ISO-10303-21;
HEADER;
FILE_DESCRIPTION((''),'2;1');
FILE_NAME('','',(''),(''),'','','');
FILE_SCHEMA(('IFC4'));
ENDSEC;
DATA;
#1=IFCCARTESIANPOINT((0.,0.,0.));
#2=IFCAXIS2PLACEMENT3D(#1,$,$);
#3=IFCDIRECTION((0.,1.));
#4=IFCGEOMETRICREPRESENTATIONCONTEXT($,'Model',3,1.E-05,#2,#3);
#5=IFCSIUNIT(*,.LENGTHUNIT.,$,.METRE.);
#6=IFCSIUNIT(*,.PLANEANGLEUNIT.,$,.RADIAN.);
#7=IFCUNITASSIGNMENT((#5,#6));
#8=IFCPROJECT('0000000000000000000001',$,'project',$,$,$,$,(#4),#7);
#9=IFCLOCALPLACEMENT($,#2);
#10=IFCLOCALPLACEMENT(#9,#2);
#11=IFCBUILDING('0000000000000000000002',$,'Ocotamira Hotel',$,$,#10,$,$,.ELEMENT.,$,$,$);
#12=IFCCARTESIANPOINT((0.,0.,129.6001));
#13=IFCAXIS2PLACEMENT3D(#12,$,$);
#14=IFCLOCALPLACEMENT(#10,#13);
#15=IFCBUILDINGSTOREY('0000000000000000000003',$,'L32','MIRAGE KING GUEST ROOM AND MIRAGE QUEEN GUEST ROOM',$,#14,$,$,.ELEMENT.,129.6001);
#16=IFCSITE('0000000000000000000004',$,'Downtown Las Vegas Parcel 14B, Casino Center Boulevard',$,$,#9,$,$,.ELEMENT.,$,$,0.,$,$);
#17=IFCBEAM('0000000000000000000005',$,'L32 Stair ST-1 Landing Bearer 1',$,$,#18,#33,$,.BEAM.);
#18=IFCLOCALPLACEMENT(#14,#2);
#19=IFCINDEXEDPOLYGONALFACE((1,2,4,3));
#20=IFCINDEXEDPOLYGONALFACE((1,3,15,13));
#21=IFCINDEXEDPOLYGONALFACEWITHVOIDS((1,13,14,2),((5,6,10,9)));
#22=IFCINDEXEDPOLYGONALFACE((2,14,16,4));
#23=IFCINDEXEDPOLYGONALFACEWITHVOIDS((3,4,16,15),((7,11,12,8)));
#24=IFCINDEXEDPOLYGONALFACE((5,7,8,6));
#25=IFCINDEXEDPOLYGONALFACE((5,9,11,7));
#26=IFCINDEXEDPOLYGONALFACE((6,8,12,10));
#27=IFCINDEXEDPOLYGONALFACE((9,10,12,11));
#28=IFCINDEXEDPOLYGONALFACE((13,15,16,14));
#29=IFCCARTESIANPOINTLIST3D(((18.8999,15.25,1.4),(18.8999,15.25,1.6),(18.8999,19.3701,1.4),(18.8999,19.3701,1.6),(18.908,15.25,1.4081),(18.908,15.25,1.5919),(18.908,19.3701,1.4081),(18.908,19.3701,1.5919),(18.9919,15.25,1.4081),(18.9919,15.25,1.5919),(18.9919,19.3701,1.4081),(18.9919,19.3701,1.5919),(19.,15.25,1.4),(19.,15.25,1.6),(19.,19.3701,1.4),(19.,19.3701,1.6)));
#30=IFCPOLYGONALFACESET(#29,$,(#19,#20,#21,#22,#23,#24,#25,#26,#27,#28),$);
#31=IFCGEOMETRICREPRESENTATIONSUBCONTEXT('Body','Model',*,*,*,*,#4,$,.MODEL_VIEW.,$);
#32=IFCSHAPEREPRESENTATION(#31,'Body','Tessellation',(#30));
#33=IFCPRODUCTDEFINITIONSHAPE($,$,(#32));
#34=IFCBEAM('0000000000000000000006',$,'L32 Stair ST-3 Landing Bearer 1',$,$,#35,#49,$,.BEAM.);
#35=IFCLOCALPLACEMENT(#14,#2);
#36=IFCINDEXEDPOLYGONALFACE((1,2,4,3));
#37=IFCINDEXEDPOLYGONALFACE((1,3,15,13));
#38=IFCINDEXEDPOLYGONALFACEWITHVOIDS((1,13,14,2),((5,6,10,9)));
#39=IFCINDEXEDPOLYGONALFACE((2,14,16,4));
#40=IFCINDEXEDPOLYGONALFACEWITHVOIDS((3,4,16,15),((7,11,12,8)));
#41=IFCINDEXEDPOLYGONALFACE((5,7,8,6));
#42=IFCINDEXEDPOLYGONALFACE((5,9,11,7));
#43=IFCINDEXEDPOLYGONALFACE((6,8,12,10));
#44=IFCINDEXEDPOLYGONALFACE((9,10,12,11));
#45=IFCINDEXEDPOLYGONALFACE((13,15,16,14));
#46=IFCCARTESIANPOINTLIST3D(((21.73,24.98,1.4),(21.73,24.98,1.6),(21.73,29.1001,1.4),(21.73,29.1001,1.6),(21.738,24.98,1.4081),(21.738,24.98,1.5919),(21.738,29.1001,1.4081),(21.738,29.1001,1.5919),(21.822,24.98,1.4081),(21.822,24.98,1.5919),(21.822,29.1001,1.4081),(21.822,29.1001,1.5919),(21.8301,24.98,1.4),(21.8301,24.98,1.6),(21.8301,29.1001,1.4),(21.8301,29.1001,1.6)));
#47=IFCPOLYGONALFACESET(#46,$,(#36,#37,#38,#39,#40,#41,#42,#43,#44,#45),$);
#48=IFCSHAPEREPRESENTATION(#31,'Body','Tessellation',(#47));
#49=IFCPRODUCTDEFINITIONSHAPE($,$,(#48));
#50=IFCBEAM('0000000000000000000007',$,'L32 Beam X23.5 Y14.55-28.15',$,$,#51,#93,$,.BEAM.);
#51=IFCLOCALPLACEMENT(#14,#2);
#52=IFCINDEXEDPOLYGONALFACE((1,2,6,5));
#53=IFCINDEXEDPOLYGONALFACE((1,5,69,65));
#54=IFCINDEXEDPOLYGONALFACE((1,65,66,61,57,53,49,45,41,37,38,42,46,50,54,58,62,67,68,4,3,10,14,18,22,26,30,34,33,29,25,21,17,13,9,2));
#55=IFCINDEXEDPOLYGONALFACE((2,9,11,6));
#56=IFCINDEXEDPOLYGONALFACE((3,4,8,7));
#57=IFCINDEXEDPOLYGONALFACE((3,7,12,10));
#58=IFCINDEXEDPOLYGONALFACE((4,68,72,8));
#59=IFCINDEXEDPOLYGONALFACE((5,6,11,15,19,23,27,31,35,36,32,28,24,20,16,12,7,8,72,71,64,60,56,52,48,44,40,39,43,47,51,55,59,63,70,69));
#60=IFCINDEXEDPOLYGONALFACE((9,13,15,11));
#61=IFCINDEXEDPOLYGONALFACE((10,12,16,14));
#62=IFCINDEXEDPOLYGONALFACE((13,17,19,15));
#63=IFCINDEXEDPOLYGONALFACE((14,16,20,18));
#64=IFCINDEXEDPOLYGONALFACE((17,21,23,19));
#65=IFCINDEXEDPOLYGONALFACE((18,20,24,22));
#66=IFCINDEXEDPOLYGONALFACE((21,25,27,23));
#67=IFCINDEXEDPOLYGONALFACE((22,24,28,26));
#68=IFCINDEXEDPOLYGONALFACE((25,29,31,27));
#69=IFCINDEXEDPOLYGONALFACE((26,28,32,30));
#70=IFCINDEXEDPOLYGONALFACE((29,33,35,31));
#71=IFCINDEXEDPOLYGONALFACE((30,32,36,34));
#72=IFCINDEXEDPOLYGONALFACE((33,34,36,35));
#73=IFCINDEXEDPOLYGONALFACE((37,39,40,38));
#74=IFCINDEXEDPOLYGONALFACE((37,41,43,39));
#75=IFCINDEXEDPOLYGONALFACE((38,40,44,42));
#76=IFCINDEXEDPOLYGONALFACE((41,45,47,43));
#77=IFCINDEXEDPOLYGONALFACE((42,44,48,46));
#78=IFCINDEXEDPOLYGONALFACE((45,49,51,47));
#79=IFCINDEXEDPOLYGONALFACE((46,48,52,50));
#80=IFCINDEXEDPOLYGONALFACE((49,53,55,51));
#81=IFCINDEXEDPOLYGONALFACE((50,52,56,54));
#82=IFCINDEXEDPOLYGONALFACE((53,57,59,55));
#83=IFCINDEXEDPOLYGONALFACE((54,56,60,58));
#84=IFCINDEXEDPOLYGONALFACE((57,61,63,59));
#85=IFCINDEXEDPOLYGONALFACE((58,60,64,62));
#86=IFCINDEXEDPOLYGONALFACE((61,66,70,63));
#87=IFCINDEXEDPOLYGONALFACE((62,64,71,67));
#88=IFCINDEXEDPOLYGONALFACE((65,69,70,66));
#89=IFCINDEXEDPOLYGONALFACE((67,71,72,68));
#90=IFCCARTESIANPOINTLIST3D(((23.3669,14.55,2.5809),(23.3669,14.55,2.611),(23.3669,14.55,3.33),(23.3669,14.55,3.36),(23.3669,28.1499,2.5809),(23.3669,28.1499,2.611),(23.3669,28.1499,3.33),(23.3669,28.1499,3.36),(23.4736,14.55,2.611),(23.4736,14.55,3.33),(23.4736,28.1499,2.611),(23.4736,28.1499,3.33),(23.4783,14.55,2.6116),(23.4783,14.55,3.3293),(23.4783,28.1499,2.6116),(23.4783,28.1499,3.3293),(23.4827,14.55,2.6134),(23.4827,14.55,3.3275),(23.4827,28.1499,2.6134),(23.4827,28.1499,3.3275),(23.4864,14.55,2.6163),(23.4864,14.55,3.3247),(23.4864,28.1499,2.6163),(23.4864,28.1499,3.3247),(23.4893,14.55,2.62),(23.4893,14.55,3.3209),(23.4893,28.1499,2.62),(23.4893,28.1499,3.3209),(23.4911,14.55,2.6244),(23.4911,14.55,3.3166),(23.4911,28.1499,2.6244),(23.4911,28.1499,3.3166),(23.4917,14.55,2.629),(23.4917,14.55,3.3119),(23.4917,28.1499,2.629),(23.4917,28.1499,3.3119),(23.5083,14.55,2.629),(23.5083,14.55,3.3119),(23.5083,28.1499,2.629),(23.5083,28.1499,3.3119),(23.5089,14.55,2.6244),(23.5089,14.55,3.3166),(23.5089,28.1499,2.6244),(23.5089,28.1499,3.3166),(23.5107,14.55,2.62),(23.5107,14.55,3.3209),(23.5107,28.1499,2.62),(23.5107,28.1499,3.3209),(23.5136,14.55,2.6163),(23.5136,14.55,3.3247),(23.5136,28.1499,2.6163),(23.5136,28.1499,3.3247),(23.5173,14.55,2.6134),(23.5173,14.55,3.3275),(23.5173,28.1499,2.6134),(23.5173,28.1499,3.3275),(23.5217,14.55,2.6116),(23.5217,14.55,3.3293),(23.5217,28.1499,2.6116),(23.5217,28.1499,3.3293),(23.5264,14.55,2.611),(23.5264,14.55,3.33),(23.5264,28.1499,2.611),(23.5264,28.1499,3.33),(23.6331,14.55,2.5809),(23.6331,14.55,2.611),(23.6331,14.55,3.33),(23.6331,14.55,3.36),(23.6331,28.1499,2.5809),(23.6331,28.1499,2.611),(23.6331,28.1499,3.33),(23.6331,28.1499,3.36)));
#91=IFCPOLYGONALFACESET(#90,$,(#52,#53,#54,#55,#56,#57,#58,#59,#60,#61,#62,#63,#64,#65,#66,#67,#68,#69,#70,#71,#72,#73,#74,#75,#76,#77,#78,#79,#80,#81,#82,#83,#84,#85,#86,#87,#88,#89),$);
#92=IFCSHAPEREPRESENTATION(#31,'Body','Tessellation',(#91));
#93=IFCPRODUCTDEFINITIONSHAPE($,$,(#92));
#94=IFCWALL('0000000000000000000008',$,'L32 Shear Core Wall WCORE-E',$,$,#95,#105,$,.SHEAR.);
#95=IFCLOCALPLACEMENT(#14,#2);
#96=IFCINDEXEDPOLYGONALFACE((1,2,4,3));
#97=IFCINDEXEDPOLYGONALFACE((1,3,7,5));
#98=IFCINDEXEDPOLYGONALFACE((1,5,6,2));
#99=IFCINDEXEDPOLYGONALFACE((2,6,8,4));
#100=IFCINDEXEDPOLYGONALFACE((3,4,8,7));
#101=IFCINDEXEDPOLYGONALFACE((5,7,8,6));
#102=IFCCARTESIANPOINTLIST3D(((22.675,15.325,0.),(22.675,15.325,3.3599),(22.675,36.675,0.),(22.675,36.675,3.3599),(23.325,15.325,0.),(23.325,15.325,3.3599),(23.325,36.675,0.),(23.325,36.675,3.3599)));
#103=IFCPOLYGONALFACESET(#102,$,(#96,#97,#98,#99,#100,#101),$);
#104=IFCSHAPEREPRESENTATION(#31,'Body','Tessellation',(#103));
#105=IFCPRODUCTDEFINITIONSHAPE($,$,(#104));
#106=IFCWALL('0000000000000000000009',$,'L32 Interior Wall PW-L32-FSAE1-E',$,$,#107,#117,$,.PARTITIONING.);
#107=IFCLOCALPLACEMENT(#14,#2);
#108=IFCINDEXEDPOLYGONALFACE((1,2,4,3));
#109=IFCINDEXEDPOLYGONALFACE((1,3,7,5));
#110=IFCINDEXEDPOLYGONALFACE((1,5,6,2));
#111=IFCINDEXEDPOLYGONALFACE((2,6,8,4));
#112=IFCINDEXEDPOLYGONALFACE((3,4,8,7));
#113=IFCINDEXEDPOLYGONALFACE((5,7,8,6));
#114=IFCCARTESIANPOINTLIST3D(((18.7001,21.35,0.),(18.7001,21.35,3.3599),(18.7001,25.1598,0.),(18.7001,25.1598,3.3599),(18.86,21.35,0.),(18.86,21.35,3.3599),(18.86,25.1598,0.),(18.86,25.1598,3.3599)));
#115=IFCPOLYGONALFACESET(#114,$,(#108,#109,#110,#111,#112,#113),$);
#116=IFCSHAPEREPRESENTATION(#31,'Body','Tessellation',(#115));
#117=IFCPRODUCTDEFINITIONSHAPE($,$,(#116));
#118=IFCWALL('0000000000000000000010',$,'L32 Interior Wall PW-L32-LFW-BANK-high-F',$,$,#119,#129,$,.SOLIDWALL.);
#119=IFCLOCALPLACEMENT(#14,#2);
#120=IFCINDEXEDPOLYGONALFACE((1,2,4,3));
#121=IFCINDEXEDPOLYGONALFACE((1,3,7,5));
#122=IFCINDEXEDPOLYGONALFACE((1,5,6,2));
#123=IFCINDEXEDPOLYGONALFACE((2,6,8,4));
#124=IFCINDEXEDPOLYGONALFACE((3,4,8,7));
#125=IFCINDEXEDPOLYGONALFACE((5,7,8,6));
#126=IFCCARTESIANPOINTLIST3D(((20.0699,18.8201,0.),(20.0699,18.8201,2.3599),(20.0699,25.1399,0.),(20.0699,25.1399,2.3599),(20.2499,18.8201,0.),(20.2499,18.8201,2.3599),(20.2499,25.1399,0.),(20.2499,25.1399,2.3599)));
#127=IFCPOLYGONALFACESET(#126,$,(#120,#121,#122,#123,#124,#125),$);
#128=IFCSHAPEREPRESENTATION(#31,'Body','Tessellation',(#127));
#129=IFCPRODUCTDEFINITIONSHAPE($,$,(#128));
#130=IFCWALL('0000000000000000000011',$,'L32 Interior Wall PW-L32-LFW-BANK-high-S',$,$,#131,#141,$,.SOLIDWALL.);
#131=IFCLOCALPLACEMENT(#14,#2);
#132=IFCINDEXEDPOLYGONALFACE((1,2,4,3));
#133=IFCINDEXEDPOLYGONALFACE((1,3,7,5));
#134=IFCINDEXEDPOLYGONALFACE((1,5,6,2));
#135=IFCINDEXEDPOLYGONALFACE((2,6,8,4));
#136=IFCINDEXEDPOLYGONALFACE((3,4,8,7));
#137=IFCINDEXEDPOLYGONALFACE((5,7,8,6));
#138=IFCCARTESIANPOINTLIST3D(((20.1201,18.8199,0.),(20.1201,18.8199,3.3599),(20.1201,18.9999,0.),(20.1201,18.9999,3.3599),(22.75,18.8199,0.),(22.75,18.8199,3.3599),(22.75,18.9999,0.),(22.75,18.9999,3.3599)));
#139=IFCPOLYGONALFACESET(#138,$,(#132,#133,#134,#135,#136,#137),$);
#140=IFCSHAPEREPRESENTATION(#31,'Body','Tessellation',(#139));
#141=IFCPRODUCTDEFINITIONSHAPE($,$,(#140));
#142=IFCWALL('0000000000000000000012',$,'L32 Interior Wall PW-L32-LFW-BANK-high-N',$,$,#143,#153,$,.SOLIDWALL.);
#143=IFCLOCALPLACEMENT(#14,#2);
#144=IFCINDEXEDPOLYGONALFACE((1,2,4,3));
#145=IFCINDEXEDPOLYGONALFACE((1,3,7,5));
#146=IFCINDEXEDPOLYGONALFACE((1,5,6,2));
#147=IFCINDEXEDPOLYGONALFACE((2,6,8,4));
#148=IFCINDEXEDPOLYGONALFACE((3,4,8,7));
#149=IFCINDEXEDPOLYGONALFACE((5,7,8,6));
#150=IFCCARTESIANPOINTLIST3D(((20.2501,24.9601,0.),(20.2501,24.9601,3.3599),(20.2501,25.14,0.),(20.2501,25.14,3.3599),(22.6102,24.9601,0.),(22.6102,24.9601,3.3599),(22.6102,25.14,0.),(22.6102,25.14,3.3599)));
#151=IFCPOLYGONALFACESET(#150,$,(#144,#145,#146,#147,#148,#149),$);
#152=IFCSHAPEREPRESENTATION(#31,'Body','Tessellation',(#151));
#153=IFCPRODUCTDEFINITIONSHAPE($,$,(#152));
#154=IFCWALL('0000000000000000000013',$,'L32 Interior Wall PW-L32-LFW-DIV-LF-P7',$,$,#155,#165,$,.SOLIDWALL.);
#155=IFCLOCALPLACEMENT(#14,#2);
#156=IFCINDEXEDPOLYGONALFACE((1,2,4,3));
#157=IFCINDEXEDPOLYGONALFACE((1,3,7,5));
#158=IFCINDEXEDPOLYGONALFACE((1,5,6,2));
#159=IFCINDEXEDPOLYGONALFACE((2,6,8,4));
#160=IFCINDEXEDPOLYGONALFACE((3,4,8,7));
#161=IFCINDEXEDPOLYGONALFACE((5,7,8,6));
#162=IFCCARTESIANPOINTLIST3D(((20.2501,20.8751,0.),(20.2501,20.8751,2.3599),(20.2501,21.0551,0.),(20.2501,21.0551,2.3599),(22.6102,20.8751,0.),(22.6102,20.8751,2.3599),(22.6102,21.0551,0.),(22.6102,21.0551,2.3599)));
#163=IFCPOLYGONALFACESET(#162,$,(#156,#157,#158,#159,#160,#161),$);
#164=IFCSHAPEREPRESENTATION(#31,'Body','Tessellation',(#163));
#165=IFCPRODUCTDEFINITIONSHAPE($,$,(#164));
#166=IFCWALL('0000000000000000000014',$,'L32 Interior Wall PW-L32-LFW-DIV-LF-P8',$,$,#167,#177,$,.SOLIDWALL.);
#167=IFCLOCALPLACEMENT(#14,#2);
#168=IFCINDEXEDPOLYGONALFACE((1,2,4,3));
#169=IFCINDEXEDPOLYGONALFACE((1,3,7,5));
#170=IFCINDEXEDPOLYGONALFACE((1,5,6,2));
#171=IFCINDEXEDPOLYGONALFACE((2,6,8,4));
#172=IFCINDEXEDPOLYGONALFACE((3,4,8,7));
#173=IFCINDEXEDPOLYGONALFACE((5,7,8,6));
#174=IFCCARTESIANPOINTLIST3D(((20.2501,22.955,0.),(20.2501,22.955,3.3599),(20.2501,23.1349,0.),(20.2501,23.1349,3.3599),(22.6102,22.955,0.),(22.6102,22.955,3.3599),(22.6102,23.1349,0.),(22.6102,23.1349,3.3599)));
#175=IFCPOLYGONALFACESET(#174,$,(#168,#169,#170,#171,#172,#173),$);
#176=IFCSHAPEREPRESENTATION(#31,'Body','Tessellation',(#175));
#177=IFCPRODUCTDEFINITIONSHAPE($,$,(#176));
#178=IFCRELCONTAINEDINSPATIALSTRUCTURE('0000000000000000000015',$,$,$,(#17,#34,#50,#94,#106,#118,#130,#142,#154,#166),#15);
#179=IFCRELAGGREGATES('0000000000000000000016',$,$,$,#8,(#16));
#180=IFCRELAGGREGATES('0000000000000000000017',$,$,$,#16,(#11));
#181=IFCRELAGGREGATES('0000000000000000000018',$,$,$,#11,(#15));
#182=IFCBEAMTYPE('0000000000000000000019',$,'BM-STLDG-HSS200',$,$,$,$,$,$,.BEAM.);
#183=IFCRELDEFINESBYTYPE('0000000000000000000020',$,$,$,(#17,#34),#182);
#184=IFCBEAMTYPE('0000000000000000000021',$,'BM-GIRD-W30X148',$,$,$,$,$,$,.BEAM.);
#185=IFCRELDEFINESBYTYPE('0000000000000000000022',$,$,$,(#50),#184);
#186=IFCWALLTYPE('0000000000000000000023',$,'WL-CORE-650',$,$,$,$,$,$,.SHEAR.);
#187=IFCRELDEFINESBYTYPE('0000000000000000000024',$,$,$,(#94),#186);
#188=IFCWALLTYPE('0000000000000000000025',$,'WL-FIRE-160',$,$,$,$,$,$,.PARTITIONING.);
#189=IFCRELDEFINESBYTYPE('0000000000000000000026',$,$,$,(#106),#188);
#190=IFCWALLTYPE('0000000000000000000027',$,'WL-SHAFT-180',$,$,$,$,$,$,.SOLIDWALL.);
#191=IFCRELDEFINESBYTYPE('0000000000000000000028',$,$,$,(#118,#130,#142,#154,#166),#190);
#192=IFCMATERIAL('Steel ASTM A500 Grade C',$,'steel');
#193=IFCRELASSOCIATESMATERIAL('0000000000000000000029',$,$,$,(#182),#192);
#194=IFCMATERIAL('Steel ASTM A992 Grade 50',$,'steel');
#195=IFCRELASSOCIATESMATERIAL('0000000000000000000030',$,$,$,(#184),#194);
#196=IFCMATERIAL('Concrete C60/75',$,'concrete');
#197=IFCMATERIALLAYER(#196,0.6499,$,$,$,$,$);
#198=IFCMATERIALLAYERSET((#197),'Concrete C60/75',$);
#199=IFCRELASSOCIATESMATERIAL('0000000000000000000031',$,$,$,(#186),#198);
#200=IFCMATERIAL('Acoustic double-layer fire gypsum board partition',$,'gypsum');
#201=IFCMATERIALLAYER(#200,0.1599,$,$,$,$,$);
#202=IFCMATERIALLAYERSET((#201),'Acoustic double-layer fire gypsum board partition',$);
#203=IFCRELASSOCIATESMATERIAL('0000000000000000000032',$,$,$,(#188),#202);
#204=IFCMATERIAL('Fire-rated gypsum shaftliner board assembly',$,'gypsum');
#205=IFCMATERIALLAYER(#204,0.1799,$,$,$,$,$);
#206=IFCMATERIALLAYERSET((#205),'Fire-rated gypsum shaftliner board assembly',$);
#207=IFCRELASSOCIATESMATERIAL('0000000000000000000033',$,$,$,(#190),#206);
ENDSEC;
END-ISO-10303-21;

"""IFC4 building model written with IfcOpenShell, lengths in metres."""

from ifc_helpers import new_model, si_unit, direction, frame, frame_2d, origin, origin_2d, place, context, subcontext, project, spatial, rectangle, hollow_rectangle, i_section, extrude, source, transform, mapped, material, layer, layer_set, material_profile, profile_set, type_object, element, save


model = new_model("IFC4")

# Units and contexts
model_context = context("Model", 3, precision=1e-05, world=origin(), true_north=direction((0.0, 1.0)))
body_context = subcontext(model_context, "Body", "Model", "MODEL_VIEW")
ifc_project = project(units=[si_unit("LENGTHUNIT", "METRE"), si_unit("PLANEANGLEUNIT", "RADIAN")], contexts=[model_context])

# Site, building, storey
site_placement = place(None, origin())
site = spatial("IfcSite", under=ifc_project, at=site_placement, Name="Downtown Las Vegas Parcel 14B, Casino Center Boulevard", CompositionType="ELEMENT", RefElevation=0.0)
building_placement = place(site_placement, origin())
building = spatial("IfcBuilding", under=site, at=building_placement, Name="Ocotamira Hotel", CompositionType="ELEMENT")
storey_placement = place(building_placement, frame((0.0, 0.0, 129.6001)))
storey = spatial("IfcBuildingStorey", under=building, at=storey_placement, Name="L32", Description="MIRAGE KING GUEST ROOM AND MIRAGE QUEEN GUEST ROOM", CompositionType="ELEMENT", Elevation=129.6001)

# Beams
ifc_material_1 = material(Name="Steel ASTM A500 Grade C", Category="steel")
ifc_material_profile_1 = material_profile(ifc_material_1, hollow_rectangle(XDim=0.1001, YDim=0.2, WallThickness=0.0081, at=origin_2d()), Name="HSS200X100X8")
ifc_profile_set_1 = profile_set([ifc_material_profile_1], Name="Steel ASTM A500 Grade C")
beam_type_1 = type_object("IfcBeamType", Name="BM-STLDG-HSS200", PredefinedType="BEAM", material=ifc_profile_set_1)
shared_shape_1 = source(origin(), body_context, "Body", "SweptSolid", [
    extrude(hollow_rectangle(XDim=0.1001, YDim=0.2, WallThickness=0.0081, at=origin_2d()), origin(), (0.0, 0.0, 1.0), 4.1201),
])
for number, where, z_axis, x_axis, name in (
    (1, (18.95, 15.25, 1.5), (0.0, 1.0, 0.0), (-1.0, 0.0, 0.0), "L32 Stair ST-1 Landing Bearer 1"),
    (2, (21.78, 24.98, 1.5), (0.0, 1.0, 0.0), (-1.0, 0.0, 0.0), "L32 Stair ST-3 Landing Bearer 1"),
):
    element("IfcBeam", number, at=place(storey_placement, frame(where, z_axis=z_axis, x_axis=x_axis)), inside=storey, type_object=beam_type_1, Name=name, PredefinedType="BEAM", context=body_context, shape_type="MappedRepresentation", body=[
        mapped(shared_shape_1, transform((0.0, 0.0, 0.0), scale=1.0)),
    ])
ifc_material_2 = material(Name="Steel ASTM A992 Grade 50", Category="steel")
ifc_material_profile_2 = material_profile(ifc_material_2, i_section(OverallWidth=0.2661, OverallDepth=0.7791, WebThickness=0.0166, FlangeThickness=0.03, FilletRadius=0.0181, at=origin_2d()), Name="W30X148")
ifc_profile_set_2 = profile_set([ifc_material_profile_2], Name="Steel ASTM A992 Grade 50")
beam_type_2 = type_object("IfcBeamType", Name="BM-GIRD-W30X148", PredefinedType="BEAM", material=ifc_profile_set_2)
shared_shape_2 = source(origin(), body_context, "Body", "SweptSolid", [
    extrude(i_section(OverallWidth=0.2661, OverallDepth=0.7791, WebThickness=0.0166, FlangeThickness=0.03, FilletRadius=0.0181, at=origin_2d()), origin(), (0.0, 0.0, 1.0), 13.5999),
])
beam_placement = place(storey_placement, frame((23.5, 14.55, 2.9705), z_axis=(0.0, 1.0, 0.0), x_axis=(-1.0, 0.0, 0.0)))
element("IfcBeam", 3, at=beam_placement, inside=storey, type_object=beam_type_2, Name="L32 Beam X23.5 Y14.55-28.15", PredefinedType="BEAM", context=body_context, shape_type="MappedRepresentation", body=[
    mapped(shared_shape_2, transform((0.0, 0.0, 0.0), scale=1.0)),
])

# Wall
ifc_material_3 = material(Name="Concrete C60/75", Category="concrete")
ifc_layer_1 = layer(ifc_material_3, 0.6499)
ifc_layer_set_1 = layer_set([ifc_layer_1], Name="Concrete C60/75")
wall_type_1 = type_object("IfcWallType", Name="WL-CORE-650", PredefinedType="SHEAR", material=ifc_layer_set_1)
wall_1_placement = place(storey_placement, frame((23.0, 15.325, 0.0), z_axis=(0.0, 0.0, 1.0), x_axis=(0.0, 1.0, 0.0)))
element("IfcWall", 4, at=wall_1_placement, inside=storey, type_object=wall_type_1, Name="L32 Shear Core Wall WCORE-E", PredefinedType="SHEAR", context=body_context, shape_type="SweptSolid", body=[
    extrude(rectangle(XDim=21.3501, YDim=0.6499, at=frame_2d((10.675, 0.0))), origin(), (0.0, 0.0, 1.0), 3.3599),
])

# Shared definitions
ifc_material_4 = material(Name="Acoustic double-layer fire gypsum board partition", Category="gypsum")
ifc_layer_2 = layer(ifc_material_4, 0.1599)
ifc_layer_set_2 = layer_set([ifc_layer_2], Name="Acoustic double-layer fire gypsum board partition")
wall_type_2 = type_object("IfcWallType", Name="WL-FIRE-160", PredefinedType="PARTITIONING", material=ifc_layer_set_2)

# Walls
wall_2_placement = place(storey_placement, frame((18.78, 21.3501, 0.0), z_axis=(0.0, 0.0, 1.0), x_axis=(0.0, 1.0, 0.0)))
element("IfcWall", 5, at=wall_2_placement, inside=storey, type_object=wall_type_2, Name="L32 Interior Wall PW-L32-FSAE1-E", PredefinedType="PARTITIONING", context=body_context, shape_type="SweptSolid", body=[
    extrude(rectangle(XDim=3.8098, YDim=0.1599, at=frame_2d((1.9048, 0.0))), origin(), (0.0, 0.0, 1.0), 3.3599),
])
ifc_material_5 = material(Name="Fire-rated gypsum shaftliner board assembly", Category="gypsum")
ifc_layer_3 = layer(ifc_material_5, 0.1799)
ifc_layer_set_3 = layer_set([ifc_layer_3], Name="Fire-rated gypsum shaftliner board assembly")
wall_type_3 = type_object("IfcWallType", Name="WL-SHAFT-180", PredefinedType="SOLIDWALL", material=ifc_layer_set_3)
wall_3_placement = place(storey_placement, frame((20.1599, 18.8201, 0.0), z_axis=(0.0, 0.0, 1.0), x_axis=(0.0, 1.0, 0.0)))
element("IfcWall", 6, at=wall_3_placement, inside=storey, type_object=wall_type_3, Name="L32 Interior Wall PW-L32-LFW-BANK-high-F", PredefinedType="SOLIDWALL", context=body_context, shape_type="SweptSolid", body=[
    extrude(rectangle(XDim=6.3198, YDim=0.1799, at=frame_2d((3.1599, 0.0))), origin(), (0.0, 0.0, 1.0), 2.3599),
])
wall_4_placement = place(storey_placement, frame((20.1201, 18.9099, 0.0), z_axis=(0.0, 0.0, 1.0), x_axis=(1.0, 0.0, 0.0)))
element("IfcWall", 7, at=wall_4_placement, inside=storey, type_object=wall_type_3, Name="L32 Interior Wall PW-L32-LFW-BANK-high-S", PredefinedType="SOLIDWALL", context=body_context, shape_type="SweptSolid", body=[
    extrude(rectangle(XDim=2.6299, YDim=0.1799, at=frame_2d((1.3149, 0.0))), origin(), (0.0, 0.0, 1.0), 3.3599),
])
wall_5_placement = place(storey_placement, frame((20.25, 25.05, 0.0), z_axis=(0.0, 0.0, 1.0), x_axis=(1.0, 0.0, 0.0)))
element("IfcWall", 8, at=wall_5_placement, inside=storey, type_object=wall_type_3, Name="L32 Interior Wall PW-L32-LFW-BANK-high-N", PredefinedType="SOLIDWALL", context=body_context, shape_type="SweptSolid", body=[
    extrude(rectangle(XDim=2.3601, YDim=0.1799, at=frame_2d((1.1802, 0.0))), origin(), (0.0, 0.0, 1.0), 3.3599),
])
wall_6_placement = place(storey_placement, frame((20.25, 20.9651, 0.0), z_axis=(0.0, 0.0, 1.0), x_axis=(1.0, 0.0, 0.0)))
element("IfcWall", 9, at=wall_6_placement, inside=storey, type_object=wall_type_3, Name="L32 Interior Wall PW-L32-LFW-DIV-LF-P7", PredefinedType="SOLIDWALL", context=body_context, shape_type="SweptSolid", body=[
    extrude(rectangle(XDim=2.3601, YDim=0.1799, at=frame_2d((1.1802, 0.0))), origin(), (0.0, 0.0, 1.0), 2.3599),
])
wall_7_placement = place(storey_placement, frame((20.25, 23.0449, 0.0), z_axis=(0.0, 0.0, 1.0), x_axis=(1.0, 0.0, 0.0)))
element("IfcWall", 10, at=wall_7_placement, inside=storey, type_object=wall_type_3, Name="L32 Interior Wall PW-L32-LFW-DIV-LF-P8", PredefinedType="SOLIDWALL", context=body_context, shape_type="SweptSolid", body=[
    extrude(rectangle(XDim=2.3601, YDim=0.1799, at=frame_2d((1.1802, 0.0))), origin(), (0.0, 0.0, 1.0), 3.3599),
])

save(model, "model.ifc")
